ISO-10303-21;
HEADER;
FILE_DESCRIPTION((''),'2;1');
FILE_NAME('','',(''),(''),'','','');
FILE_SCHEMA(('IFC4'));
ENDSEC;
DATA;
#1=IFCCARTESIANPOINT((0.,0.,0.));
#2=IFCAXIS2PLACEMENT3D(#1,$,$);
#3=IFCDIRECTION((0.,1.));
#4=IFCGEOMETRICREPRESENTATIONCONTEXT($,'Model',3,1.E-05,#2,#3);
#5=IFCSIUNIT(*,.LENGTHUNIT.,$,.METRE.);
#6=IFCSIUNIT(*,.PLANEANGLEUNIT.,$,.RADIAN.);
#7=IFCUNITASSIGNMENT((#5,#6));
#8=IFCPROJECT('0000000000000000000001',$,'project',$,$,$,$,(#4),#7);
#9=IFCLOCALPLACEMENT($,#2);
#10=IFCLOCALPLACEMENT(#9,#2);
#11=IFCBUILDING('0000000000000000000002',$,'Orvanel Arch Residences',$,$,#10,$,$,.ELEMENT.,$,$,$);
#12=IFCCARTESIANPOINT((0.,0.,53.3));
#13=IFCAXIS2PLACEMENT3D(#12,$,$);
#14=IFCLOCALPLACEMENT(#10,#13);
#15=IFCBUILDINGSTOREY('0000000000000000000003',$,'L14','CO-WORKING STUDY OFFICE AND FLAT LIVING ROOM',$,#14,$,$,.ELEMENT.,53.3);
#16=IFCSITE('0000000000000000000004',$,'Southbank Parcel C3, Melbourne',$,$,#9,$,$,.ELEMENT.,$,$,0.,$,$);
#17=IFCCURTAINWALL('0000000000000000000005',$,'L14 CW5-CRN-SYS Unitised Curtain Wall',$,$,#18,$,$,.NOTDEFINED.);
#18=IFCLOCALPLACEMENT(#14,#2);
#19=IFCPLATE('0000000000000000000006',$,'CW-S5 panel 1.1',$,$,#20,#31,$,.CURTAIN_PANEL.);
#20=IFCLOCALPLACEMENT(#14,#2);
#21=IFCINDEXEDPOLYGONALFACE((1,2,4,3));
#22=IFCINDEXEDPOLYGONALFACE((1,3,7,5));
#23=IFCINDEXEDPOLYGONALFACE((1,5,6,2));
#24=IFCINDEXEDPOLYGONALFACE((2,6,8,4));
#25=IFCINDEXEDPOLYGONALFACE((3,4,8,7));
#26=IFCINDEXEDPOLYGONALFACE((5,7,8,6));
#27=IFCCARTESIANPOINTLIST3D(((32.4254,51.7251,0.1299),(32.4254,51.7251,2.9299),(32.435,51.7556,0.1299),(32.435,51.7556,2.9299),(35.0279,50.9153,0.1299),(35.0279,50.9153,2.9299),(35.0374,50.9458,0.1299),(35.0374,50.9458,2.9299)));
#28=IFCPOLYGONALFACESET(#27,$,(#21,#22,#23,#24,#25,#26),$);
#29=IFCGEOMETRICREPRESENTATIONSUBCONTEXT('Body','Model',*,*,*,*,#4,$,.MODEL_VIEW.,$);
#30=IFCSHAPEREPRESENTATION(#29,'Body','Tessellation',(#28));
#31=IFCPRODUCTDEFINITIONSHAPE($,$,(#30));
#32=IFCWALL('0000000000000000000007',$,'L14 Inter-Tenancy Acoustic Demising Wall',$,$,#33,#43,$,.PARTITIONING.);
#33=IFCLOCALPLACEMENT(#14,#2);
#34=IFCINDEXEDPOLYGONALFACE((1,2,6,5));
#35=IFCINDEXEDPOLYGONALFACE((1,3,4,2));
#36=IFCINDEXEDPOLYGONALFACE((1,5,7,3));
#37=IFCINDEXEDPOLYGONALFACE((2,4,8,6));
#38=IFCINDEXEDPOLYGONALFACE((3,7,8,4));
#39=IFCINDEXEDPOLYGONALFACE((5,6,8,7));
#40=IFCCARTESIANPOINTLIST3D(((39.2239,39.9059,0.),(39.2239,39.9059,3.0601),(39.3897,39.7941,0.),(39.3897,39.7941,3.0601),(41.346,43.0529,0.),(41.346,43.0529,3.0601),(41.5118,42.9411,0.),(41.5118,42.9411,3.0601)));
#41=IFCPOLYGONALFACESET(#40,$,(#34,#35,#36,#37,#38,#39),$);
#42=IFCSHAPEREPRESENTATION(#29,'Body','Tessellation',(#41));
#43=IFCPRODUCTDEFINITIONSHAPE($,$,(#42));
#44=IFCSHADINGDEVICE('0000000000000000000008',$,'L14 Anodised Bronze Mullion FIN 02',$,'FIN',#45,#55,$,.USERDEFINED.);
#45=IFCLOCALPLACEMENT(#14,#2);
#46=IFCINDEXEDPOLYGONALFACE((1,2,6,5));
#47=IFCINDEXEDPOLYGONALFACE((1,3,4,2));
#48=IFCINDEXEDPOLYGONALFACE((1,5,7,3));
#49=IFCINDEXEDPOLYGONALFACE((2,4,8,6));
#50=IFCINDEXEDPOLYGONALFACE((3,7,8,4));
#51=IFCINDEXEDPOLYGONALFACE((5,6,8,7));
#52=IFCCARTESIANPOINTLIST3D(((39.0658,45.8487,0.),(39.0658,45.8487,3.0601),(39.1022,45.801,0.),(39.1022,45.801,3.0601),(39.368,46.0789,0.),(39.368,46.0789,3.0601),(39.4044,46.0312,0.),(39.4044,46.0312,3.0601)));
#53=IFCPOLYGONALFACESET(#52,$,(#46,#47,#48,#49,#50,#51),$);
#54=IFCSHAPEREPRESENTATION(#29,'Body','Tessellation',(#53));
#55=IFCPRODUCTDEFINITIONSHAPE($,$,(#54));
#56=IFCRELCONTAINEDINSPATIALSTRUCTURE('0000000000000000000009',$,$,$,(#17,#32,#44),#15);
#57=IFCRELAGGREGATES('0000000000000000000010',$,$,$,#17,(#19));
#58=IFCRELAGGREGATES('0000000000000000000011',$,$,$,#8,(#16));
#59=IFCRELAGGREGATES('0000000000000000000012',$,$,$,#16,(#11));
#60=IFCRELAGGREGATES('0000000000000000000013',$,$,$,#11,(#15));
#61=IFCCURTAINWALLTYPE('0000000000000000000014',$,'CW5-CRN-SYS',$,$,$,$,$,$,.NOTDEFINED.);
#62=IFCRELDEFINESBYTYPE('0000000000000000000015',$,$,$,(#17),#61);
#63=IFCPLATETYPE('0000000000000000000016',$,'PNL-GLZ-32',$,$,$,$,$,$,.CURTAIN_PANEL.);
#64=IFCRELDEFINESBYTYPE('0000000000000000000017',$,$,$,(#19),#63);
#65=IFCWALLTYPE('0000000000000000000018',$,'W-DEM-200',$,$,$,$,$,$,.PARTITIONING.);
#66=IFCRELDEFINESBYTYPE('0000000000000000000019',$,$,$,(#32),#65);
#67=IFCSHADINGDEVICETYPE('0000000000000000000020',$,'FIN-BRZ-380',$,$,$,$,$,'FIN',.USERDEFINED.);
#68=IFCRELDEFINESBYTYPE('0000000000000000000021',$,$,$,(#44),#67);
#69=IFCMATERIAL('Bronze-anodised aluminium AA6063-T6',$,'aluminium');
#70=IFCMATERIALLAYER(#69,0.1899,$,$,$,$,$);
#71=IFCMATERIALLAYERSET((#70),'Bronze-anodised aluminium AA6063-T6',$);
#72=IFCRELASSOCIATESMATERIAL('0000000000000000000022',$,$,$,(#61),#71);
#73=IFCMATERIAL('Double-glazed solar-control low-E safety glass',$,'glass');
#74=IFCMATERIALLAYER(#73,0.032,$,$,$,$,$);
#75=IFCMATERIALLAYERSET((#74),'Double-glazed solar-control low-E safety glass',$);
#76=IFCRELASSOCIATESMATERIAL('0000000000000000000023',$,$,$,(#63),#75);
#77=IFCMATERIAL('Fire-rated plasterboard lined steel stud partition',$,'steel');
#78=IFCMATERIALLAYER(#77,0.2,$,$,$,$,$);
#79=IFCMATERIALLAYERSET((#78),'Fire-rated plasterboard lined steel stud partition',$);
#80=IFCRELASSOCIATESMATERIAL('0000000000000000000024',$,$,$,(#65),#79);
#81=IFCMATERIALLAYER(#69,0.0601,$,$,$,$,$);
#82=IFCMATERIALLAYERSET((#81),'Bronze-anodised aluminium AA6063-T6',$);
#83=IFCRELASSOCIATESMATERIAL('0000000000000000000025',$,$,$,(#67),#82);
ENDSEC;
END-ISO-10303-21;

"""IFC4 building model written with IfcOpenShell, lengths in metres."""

from ifc_helpers import new_model, si_unit, direction, frame, frame_2d, origin, origin_2d, place, context, subcontext, project, spatial, rectangle, extrude, material, layer, layer_set, type_object, element, aggregate, save


model = new_model("IFC4")

# Units and contexts
model_context = context("Model", 3, precision=1e-05, world=origin(), true_north=direction((0.0, 1.0)))
body_context = subcontext(model_context, "Body", "Model", "MODEL_VIEW")
ifc_project = project(units=[si_unit("LENGTHUNIT", "METRE"), si_unit("PLANEANGLEUNIT", "RADIAN")], contexts=[model_context])

# Site, building, storey
site_placement = place(None, origin())
site = spatial("IfcSite", under=ifc_project, at=site_placement, Name="Southbank Parcel C3, Melbourne", CompositionType="ELEMENT", RefElevation=0.0)
building_placement = place(site_placement, origin())
building = spatial("IfcBuilding", under=site, at=building_placement, Name="Orvanel Arch Residences", CompositionType="ELEMENT")
storey_placement = place(building_placement, frame((0.0, 0.0, 53.3)))
storey = spatial("IfcBuildingStorey", under=building, at=storey_placement, Name="L14", Description="CO-WORKING STUDY OFFICE AND FLAT LIVING ROOM", CompositionType="ELEMENT", Elevation=53.3)

# Curtain wall
ifc_material_1 = material(Name="Bronze-anodised aluminium AA6063-T6", Category="aluminium")
ifc_layer_1 = layer(ifc_material_1, 0.1899)
ifc_layer_set_1 = layer_set([ifc_layer_1], Name="Bronze-anodised aluminium AA6063-T6")
curtain_wall_type_1 = type_object("IfcCurtainWallType", Name="CW5-CRN-SYS", PredefinedType="NOTDEFINED", material=ifc_layer_set_1)
curtain_wall_1_placement = place(storey_placement, origin())
curtain_wall_1 = element("IfcCurtainWall", 1, at=curtain_wall_1_placement, inside=storey, type_object=curtain_wall_type_1, Name="L14 CW5-CRN-SYS Unitised Curtain Wall", PredefinedType="NOTDEFINED")

# Plate
ifc_material_2 = material(Name="Double-glazed solar-control low-E safety glass", Category="glass")
ifc_layer_2 = layer(ifc_material_2, 0.032)
ifc_layer_set_2 = layer_set([ifc_layer_2], Name="Double-glazed solar-control low-E safety glass")
plate_type_1 = type_object("IfcPlateType", Name="PNL-GLZ-32", PredefinedType="CURTAIN_PANEL", material=ifc_layer_set_2)
plate_1_placement = place(storey_placement, frame((33.7314, 51.3354, 0.1299), z_axis=(0.0, 0.0, 1.0), x_axis=(-0.954838, 0.297127, 0.0)))
plate_1 = element("IfcPlate", 2, at=plate_1_placement, type_object=plate_type_1, Name="CW-S5 panel 1.1", PredefinedType="CURTAIN_PANEL", context=body_context, shape_type="SweptSolid", body=[
    extrude(rectangle(XDim=2.7256, YDim=0.032, at=origin_2d()), origin(), (0.0, 0.0, 1.0), 2.8),
])
aggregate(curtain_wall_1, [plate_1])

# Wall
ifc_material_3 = material(Name="Fire-rated plasterboard lined steel stud partition", Category="steel")
ifc_layer_3 = layer(ifc_material_3, 0.2)
ifc_layer_set_3 = layer_set([ifc_layer_3], Name="Fire-rated plasterboard lined steel stud partition")
wall_type = type_object("IfcWallType", Name="W-DEM-200", PredefinedType="PARTITIONING", material=ifc_layer_set_3)
wall_placement = place(storey_placement, frame((41.429, 42.9971, 0.0), z_axis=(0.0, 0.0, 1.0), x_axis=(-0.559086, -0.82911, 0.0)))
element("IfcWall", 3, at=wall_placement, inside=storey, type_object=wall_type, Name="L14 Inter-Tenancy Acoustic Demising Wall", PredefinedType="PARTITIONING", context=body_context, shape_type="SweptSolid", body=[
    extrude(rectangle(XDim=3.7957, YDim=0.2, at=frame_2d((1.8979, 0.0))), origin(), (0.0, 0.0, 1.0), 3.0601),
])

# Shading device
ifc_layer_4 = layer(ifc_material_1, 0.0601)
ifc_layer_set_4 = layer_set([ifc_layer_4], Name="Bronze-anodised aluminium AA6063-T6")
shading_device_type = type_object("IfcShadingDeviceType", Name="FIN-BRZ-380", ElementType="FIN", PredefinedType="USERDEFINED", material=ifc_layer_set_4)
shading_device_placement = place(storey_placement, frame((39.2351, 45.9399, 0.0), z_axis=(0.0, 0.0, 1.0), x_axis=(0.795473, 0.605988, 0.0)))
element("IfcShadingDevice", 4, at=shading_device_placement, inside=storey, type_object=shading_device_type, Name="L14 Anodised Bronze Mullion FIN 02", ObjectType="FIN", PredefinedType="USERDEFINED", context=body_context, shape_type="SweptSolid", body=[
    extrude(rectangle(XDim=0.3799, YDim=0.0601, at=origin_2d()), origin(), (0.0, 0.0, 1.0), 3.0601),
])

save(model, "model.ifc")
